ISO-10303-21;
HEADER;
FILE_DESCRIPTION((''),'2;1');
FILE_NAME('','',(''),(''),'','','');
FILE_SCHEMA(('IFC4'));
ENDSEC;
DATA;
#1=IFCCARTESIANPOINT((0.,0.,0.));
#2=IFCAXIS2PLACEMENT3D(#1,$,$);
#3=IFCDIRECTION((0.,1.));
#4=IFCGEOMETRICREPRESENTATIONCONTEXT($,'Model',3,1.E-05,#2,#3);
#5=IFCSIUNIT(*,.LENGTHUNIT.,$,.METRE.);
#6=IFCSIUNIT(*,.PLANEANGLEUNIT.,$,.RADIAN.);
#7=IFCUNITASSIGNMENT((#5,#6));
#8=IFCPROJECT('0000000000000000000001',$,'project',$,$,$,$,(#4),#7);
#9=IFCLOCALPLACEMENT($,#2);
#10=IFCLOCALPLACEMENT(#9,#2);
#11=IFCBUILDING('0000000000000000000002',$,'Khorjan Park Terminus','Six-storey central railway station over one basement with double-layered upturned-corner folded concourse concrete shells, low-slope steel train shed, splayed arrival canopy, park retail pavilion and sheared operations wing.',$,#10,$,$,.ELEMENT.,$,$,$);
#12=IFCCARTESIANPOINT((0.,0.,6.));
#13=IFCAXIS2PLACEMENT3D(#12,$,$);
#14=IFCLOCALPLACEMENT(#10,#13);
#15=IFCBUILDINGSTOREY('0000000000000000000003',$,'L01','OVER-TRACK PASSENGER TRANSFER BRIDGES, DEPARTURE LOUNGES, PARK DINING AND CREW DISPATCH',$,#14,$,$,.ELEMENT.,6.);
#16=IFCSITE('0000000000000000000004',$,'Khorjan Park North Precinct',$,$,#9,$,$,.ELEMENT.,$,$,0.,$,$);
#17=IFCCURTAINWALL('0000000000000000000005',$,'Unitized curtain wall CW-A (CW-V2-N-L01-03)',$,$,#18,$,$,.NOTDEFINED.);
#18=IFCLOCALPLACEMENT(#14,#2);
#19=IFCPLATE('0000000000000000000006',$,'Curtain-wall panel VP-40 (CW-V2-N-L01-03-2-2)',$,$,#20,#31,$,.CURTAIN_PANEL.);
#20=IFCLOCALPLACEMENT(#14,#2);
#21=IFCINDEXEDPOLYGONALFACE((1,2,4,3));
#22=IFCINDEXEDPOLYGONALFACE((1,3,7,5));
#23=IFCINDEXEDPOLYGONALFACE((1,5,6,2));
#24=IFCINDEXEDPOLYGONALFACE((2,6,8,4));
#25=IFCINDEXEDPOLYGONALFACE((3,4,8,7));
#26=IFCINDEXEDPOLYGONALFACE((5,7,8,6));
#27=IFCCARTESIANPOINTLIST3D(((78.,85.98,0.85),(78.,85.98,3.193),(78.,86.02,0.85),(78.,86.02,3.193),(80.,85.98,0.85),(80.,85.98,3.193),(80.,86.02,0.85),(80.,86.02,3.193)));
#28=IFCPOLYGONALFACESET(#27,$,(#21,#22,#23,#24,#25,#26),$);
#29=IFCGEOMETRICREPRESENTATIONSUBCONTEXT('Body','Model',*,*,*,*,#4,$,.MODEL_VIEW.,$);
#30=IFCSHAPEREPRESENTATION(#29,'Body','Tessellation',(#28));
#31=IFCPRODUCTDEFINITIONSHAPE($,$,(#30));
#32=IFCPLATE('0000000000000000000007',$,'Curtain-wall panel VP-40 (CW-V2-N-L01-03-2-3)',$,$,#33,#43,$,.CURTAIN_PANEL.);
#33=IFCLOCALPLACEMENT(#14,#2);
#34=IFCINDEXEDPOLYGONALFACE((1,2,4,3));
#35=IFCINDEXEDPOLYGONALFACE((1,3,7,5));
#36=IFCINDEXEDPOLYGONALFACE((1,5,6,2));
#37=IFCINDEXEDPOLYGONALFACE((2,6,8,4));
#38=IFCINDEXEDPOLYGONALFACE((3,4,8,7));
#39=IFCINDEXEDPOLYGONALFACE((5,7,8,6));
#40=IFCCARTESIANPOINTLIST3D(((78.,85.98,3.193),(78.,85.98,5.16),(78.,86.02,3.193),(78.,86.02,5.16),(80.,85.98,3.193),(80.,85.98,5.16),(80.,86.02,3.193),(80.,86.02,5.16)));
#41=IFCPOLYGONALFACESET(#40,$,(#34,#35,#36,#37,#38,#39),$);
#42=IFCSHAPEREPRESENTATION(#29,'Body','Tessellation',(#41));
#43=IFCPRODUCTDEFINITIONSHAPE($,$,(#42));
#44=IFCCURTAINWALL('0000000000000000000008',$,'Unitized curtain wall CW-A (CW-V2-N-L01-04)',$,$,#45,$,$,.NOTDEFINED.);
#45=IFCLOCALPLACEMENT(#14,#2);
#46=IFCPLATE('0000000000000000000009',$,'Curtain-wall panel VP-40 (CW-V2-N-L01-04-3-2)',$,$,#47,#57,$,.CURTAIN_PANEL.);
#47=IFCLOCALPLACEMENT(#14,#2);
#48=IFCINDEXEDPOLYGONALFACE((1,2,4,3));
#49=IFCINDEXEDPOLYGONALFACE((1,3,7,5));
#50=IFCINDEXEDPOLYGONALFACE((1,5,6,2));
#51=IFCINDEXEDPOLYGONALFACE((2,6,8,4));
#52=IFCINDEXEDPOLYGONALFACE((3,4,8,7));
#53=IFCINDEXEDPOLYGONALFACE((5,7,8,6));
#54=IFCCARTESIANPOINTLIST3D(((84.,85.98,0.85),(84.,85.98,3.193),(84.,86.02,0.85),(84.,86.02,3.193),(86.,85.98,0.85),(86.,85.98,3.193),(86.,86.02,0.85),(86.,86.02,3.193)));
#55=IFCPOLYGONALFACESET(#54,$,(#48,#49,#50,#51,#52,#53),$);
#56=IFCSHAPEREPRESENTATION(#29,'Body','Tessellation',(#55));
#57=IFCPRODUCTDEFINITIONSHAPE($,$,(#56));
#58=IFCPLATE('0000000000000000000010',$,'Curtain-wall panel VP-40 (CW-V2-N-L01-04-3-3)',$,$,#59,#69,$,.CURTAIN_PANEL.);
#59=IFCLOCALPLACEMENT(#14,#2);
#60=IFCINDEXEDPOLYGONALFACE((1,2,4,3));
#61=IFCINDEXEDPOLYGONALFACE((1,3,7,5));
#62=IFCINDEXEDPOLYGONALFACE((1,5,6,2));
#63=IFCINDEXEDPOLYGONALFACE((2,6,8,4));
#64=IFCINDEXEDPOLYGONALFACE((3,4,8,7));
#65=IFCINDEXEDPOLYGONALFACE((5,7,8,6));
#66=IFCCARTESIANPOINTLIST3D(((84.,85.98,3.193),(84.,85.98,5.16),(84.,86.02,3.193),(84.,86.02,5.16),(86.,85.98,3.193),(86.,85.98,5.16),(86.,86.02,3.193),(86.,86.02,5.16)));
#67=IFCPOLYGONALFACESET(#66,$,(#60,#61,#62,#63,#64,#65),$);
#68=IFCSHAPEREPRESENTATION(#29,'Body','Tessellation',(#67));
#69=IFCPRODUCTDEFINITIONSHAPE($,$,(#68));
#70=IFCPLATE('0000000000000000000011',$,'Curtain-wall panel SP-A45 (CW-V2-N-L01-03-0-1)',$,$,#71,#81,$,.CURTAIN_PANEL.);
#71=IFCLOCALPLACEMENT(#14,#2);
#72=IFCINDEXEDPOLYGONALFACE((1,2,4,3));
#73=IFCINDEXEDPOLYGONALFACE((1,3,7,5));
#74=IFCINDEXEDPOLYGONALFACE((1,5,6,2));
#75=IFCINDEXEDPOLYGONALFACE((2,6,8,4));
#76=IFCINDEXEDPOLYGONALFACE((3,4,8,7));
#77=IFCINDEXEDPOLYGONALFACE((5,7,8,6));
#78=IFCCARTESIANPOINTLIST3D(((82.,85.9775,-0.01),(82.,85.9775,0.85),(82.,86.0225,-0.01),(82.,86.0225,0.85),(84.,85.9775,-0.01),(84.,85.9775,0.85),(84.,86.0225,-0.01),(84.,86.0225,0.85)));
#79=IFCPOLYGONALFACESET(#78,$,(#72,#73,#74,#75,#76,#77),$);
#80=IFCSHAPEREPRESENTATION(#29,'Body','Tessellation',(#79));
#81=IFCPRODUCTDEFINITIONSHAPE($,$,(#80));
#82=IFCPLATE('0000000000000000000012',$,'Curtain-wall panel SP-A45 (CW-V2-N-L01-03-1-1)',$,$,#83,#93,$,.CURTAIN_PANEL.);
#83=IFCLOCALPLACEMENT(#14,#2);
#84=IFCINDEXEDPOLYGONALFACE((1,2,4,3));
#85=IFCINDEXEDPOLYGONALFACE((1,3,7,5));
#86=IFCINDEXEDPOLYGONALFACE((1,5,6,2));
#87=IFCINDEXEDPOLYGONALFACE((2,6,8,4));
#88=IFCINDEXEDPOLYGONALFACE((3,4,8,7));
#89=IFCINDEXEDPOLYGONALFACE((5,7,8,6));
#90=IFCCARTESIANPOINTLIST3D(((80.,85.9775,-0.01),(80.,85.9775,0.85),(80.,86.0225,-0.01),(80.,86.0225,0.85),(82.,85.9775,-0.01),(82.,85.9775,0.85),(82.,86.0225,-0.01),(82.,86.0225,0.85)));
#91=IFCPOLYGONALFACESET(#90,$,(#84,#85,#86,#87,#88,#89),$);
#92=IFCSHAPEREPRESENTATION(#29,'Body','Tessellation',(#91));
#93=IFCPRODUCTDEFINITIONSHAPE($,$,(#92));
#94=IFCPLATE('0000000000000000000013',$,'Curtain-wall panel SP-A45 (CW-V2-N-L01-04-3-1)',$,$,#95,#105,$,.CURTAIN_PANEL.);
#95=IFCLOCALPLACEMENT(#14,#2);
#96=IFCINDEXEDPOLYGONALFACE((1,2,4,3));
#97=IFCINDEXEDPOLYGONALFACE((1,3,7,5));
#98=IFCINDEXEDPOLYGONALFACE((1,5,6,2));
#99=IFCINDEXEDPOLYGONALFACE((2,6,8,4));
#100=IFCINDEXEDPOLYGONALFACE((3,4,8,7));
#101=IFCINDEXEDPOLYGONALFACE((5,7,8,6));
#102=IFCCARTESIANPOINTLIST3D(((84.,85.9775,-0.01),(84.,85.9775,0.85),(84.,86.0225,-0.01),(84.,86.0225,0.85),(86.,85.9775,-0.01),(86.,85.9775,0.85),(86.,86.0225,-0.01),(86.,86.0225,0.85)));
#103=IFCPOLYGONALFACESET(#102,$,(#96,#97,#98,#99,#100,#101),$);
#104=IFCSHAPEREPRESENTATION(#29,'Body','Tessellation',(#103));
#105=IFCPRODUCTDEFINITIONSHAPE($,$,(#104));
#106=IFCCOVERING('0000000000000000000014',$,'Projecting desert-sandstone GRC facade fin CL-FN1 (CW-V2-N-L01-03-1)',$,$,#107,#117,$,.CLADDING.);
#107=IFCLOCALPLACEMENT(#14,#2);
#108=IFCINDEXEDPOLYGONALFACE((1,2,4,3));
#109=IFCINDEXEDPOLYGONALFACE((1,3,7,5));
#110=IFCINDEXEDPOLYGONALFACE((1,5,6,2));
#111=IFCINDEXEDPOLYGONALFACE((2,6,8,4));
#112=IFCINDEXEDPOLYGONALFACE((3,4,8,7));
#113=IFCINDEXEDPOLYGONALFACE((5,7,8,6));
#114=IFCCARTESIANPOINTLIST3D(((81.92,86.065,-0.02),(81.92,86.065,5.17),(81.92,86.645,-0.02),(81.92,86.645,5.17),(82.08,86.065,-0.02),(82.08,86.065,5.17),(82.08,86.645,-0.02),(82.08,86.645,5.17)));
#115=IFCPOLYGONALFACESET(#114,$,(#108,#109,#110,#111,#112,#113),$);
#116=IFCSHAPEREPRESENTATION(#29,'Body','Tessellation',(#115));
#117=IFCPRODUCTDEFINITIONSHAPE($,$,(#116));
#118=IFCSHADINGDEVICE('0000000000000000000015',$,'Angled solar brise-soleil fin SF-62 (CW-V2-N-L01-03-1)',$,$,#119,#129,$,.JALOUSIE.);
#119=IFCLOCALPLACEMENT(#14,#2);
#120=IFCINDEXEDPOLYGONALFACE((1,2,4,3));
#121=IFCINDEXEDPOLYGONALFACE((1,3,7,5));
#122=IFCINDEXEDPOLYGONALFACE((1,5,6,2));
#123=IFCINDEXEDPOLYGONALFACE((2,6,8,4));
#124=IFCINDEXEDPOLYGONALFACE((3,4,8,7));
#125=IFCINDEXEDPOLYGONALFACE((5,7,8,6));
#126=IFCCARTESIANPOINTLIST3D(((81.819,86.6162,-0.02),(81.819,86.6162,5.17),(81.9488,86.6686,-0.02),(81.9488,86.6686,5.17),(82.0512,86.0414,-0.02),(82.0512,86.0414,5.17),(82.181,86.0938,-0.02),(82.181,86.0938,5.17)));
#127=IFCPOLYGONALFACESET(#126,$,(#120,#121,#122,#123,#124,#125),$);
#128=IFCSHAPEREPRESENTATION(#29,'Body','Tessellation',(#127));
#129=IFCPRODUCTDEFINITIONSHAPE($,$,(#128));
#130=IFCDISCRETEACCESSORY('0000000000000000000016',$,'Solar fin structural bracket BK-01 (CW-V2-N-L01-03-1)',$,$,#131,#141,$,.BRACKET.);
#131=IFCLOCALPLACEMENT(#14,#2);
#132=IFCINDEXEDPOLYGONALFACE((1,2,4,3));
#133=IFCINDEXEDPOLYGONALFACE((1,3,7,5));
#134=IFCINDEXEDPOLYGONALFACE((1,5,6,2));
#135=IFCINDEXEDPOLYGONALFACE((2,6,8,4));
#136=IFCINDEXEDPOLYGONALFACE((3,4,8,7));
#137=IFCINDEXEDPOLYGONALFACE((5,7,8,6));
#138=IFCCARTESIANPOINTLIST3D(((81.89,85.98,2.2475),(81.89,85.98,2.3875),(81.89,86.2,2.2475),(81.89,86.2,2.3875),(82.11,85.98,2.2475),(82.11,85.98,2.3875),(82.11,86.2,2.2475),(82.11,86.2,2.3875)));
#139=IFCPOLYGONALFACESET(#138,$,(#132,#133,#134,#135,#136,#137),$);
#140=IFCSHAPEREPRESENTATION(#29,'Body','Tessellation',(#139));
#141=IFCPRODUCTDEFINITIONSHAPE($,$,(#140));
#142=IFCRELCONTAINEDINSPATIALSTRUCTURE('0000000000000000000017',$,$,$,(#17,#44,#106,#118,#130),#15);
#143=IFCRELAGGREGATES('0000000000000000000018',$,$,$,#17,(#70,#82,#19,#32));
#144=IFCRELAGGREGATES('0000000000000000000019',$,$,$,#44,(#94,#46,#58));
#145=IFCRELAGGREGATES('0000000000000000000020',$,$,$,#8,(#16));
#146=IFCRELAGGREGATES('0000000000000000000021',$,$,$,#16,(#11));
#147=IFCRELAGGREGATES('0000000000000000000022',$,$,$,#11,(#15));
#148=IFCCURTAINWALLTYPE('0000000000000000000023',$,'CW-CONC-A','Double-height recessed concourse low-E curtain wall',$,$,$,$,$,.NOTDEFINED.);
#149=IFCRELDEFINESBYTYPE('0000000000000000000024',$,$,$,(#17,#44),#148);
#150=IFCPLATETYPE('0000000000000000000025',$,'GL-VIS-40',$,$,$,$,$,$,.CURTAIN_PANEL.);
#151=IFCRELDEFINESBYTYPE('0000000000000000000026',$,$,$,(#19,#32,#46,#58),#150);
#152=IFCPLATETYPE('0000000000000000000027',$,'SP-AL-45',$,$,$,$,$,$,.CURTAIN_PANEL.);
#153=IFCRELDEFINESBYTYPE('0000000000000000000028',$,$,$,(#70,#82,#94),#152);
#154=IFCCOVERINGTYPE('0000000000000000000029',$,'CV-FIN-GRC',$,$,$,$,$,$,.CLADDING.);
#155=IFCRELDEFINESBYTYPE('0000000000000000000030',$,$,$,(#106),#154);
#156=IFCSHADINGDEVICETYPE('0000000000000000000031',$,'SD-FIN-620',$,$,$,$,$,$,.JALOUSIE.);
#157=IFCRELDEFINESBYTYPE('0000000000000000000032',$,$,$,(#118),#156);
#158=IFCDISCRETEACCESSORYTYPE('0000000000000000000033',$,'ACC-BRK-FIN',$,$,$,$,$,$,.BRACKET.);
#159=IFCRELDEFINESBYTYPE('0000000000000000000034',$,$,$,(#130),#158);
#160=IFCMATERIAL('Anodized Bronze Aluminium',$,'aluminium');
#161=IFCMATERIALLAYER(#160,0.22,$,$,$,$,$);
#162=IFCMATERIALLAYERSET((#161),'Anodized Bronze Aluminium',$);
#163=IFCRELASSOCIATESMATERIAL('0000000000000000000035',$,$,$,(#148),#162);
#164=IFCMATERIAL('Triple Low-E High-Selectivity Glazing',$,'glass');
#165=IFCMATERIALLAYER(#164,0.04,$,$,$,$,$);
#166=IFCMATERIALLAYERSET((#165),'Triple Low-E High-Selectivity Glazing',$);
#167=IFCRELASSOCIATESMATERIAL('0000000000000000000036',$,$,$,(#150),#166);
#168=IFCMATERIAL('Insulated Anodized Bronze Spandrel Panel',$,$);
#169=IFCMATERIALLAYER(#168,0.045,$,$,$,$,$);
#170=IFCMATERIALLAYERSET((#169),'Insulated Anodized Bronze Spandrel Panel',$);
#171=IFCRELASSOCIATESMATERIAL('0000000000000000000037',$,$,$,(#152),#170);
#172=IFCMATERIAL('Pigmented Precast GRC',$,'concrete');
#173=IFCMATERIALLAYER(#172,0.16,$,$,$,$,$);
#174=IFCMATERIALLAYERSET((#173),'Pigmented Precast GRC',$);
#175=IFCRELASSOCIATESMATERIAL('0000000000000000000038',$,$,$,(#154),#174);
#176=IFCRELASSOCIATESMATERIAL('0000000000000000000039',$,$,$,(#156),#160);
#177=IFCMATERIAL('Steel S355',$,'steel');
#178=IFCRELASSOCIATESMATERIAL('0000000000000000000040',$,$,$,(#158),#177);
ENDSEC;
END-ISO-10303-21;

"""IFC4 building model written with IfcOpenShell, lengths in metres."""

from ifc_helpers import new_model, si_unit, direction, frame, origin, origin_2d, place, context, subcontext, project, spatial, rectangle, extrude, material, layer, layer_set, type_object, element, aggregate, save


model = new_model("IFC4")

# Units and contexts
model_context = context("Model", 3, precision=1e-05, world=origin(), true_north=direction((0.0, 1.0)))
body_context = subcontext(model_context, "Body", "Model", "MODEL_VIEW")
ifc_project = project(units=[si_unit("LENGTHUNIT", "METRE"), si_unit("PLANEANGLEUNIT", "RADIAN")], contexts=[model_context])

# Site, building, storey
site_placement = place(None, origin())
site = spatial("IfcSite", under=ifc_project, at=site_placement, Name="Khorjan Park North Precinct", CompositionType="ELEMENT", RefElevation=0.0)
building_placement = place(site_placement, origin())
building = spatial("IfcBuilding", under=site, at=building_placement, Name="Khorjan Park Terminus", Description="Six-storey central railway station over one basement with double-layered upturned-corner folded concourse concrete shells, low-slope steel train shed, splayed arrival canopy, park retail pavilion and sheared operations wing.", CompositionType="ELEMENT")
storey_placement = place(building_placement, frame((0.0, 0.0, 6.0)))
storey = spatial("IfcBuildingStorey", under=building, at=storey_placement, Name="L01", Description="OVER-TRACK PASSENGER TRANSFER BRIDGES, DEPARTURE LOUNGES, PARK DINING AND CREW DISPATCH", CompositionType="ELEMENT", Elevation=6.0)

# Curtain wall
ifc_material_1 = material(Name="Anodized Bronze Aluminium", Category="aluminium")
ifc_layer_1 = layer(ifc_material_1, 0.22)
ifc_layer_set_1 = layer_set([ifc_layer_1], Name="Anodized Bronze Aluminium")
curtain_wall_type = type_object("IfcCurtainWallType", Name="CW-CONC-A", Description="Double-height recessed concourse low-E curtain wall", PredefinedType="NOTDEFINED", material=ifc_layer_set_1)
curtain_wall_1_placement = place(storey_placement, origin())
curtain_wall_1 = element("IfcCurtainWall", 1, at=curtain_wall_1_placement, inside=storey, type_object=curtain_wall_type, Name="Unitized curtain wall CW-A (CW-V2-N-L01-03)", PredefinedType="NOTDEFINED")

# Plates
ifc_material_2 = material(Name="Triple Low-E High-Selectivity Glazing", Category="glass")
ifc_layer_2 = layer(ifc_material_2, 0.04)
ifc_layer_set_2 = layer_set([ifc_layer_2], Name="Triple Low-E High-Selectivity Glazing")
plate_type_1 = type_object("IfcPlateType", Name="GL-VIS-40", PredefinedType="CURTAIN_PANEL", material=ifc_layer_set_2)
plate_1_placement = place(storey_placement, frame((79.0, 86.0, 0.85), z_axis=(0.0, 0.0, 1.0), x_axis=(-1.0, 0.0, 0.0)))
plate_1 = element("IfcPlate", 2, at=plate_1_placement, type_object=plate_type_1, Name="Curtain-wall panel VP-40 (CW-V2-N-L01-03-2-2)", PredefinedType="CURTAIN_PANEL", context=body_context, shape_type="SweptSolid", body=[
    extrude(rectangle(XDim=2.0, YDim=0.04, at=origin_2d()), origin(), (0.0, 0.0, 1.0), 2.343),
])
plate_2_placement = place(storey_placement, frame((79.0, 86.0, 3.193), z_axis=(0.0, 0.0, 1.0), x_axis=(-1.0, 0.0, 0.0)))
plate_2 = element("IfcPlate", 3, at=plate_2_placement, type_object=plate_type_1, Name="Curtain-wall panel VP-40 (CW-V2-N-L01-03-2-3)", PredefinedType="CURTAIN_PANEL", context=body_context, shape_type="SweptSolid", body=[
    extrude(rectangle(XDim=2.0, YDim=0.04, at=origin_2d()), origin(), (0.0, 0.0, 1.0), 1.967),
])

# Curtain wall, plates
curtain_wall_2_placement = place(storey_placement, origin())
curtain_wall_2 = element("IfcCurtainWall", 4, at=curtain_wall_2_placement, inside=storey, type_object=curtain_wall_type, Name="Unitized curtain wall CW-A (CW-V2-N-L01-04)", PredefinedType="NOTDEFINED")
plate_3_placement = place(storey_placement, frame((85.0, 86.0, 0.85), z_axis=(0.0, 0.0, 1.0), x_axis=(-1.0, 0.0, 0.0)))
plate_3 = element("IfcPlate", 5, at=plate_3_placement, type_object=plate_type_1, Name="Curtain-wall panel VP-40 (CW-V2-N-L01-04-3-2)", PredefinedType="CURTAIN_PANEL", context=body_context, shape_type="SweptSolid", body=[
    extrude(rectangle(XDim=2.0, YDim=0.04, at=origin_2d()), origin(), (0.0, 0.0, 1.0), 2.343),
])
plate_4_placement = place(storey_placement, frame((85.0, 86.0, 3.193), z_axis=(0.0, 0.0, 1.0), x_axis=(-1.0, 0.0, 0.0)))
plate_4 = element("IfcPlate", 6, at=plate_4_placement, type_object=plate_type_1, Name="Curtain-wall panel VP-40 (CW-V2-N-L01-04-3-3)", PredefinedType="CURTAIN_PANEL", context=body_context, shape_type="SweptSolid", body=[
    extrude(rectangle(XDim=2.0, YDim=0.04, at=origin_2d()), origin(), (0.0, 0.0, 1.0), 1.967),
])

# Plates
ifc_material_3 = material(Name="Insulated Anodized Bronze Spandrel Panel")
ifc_layer_3 = layer(ifc_material_3, 0.045)
ifc_layer_set_3 = layer_set([ifc_layer_3], Name="Insulated Anodized Bronze Spandrel Panel")
plate_type_2 = type_object("IfcPlateType", Name="SP-AL-45", PredefinedType="CURTAIN_PANEL", material=ifc_layer_set_3)
plate_5_placement = place(storey_placement, frame((83.0, 86.0, -0.01), z_axis=(0.0, 0.0, 1.0), x_axis=(-1.0, 0.0, 0.0)))
plate_5 = element("IfcPlate", 7, at=plate_5_placement, type_object=plate_type_2, Name="Curtain-wall panel SP-A45 (CW-V2-N-L01-03-0-1)", PredefinedType="CURTAIN_PANEL", context=body_context, shape_type="SweptSolid", body=[
    extrude(rectangle(XDim=2.0, YDim=0.045, at=origin_2d()), origin(), (0.0, 0.0, 1.0), 0.86),
])
plate_6_placement = place(storey_placement, frame((81.0, 86.0, -0.01), z_axis=(0.0, 0.0, 1.0), x_axis=(-1.0, 0.0, 0.0)))
plate_6 = element("IfcPlate", 8, at=plate_6_placement, type_object=plate_type_2, Name="Curtain-wall panel SP-A45 (CW-V2-N-L01-03-1-1)", PredefinedType="CURTAIN_PANEL", context=body_context, shape_type="SweptSolid", body=[
    extrude(rectangle(XDim=2.0, YDim=0.045, at=origin_2d()), origin(), (0.0, 0.0, 1.0), 0.86),
])
aggregate(curtain_wall_1, [plate_5, plate_6, plate_1, plate_2])
plate_7_placement = place(storey_placement, frame((85.0, 86.0, -0.01), z_axis=(0.0, 0.0, 1.0), x_axis=(-1.0, 0.0, 0.0)))
plate_7 = element("IfcPlate", 9, at=plate_7_placement, type_object=plate_type_2, Name="Curtain-wall panel SP-A45 (CW-V2-N-L01-04-3-1)", PredefinedType="CURTAIN_PANEL", context=body_context, shape_type="SweptSolid", body=[
    extrude(rectangle(XDim=2.0, YDim=0.045, at=origin_2d()), origin(), (0.0, 0.0, 1.0), 0.86),
])
aggregate(curtain_wall_2, [plate_7, plate_3, plate_4])

# Covering
ifc_material_4 = material(Name="Pigmented Precast GRC", Category="concrete")
ifc_layer_4 = layer(ifc_material_4, 0.16)
ifc_layer_set_4 = layer_set([ifc_layer_4], Name="Pigmented Precast GRC")
covering_type = type_object("IfcCoveringType", Name="CV-FIN-GRC", PredefinedType="CLADDING", material=ifc_layer_set_4)
covering_placement = place(storey_placement, frame((82.0, 86.355, -0.02), z_axis=(0.0, 0.0, 1.0), x_axis=(0.0, -1.0, 0.0)))
element("IfcCovering", 10, at=covering_placement, inside=storey, type_object=covering_type, Name="Projecting desert-sandstone GRC facade fin CL-FN1 (CW-V2-N-L01-03-1)", PredefinedType="CLADDING", context=body_context, shape_type="SweptSolid", body=[
    extrude(rectangle(XDim=0.58, YDim=0.16, at=origin_2d()), origin(), (0.0, 0.0, 1.0), 5.19),
])

# Shading device
shading_device_type = type_object("IfcShadingDeviceType", Name="SD-FIN-620", PredefinedType="JALOUSIE", material=ifc_material_1)
shading_device_placement = place(storey_placement, frame((82.0, 86.355, -0.02), z_axis=(0.0, 0.0, 1.0), x_axis=(0.374607, -0.927184, 0.0)))
element("IfcShadingDevice", 11, at=shading_device_placement, inside=storey, type_object=shading_device_type, Name="Angled solar brise-soleil fin SF-62 (CW-V2-N-L01-03-1)", PredefinedType="JALOUSIE", context=body_context, shape_type="SweptSolid", body=[
    extrude(rectangle(XDim=0.62, YDim=0.14, at=origin_2d()), origin(), (0.0, 0.0, 1.0), 5.19),
])

# Discrete accessory
ifc_material_5 = material(Name="Steel S355", Category="steel")
discrete_accessory_type = type_object("IfcDiscreteAccessoryType", Name="ACC-BRK-FIN", PredefinedType="BRACKET", material=ifc_material_5)
discrete_accessory_placement = place(storey_placement, frame((82.0, 86.09, 2.2475), z_axis=(0.0, 0.0, 1.0), x_axis=(-1.0, 0.0, 0.0)))
element("IfcDiscreteAccessory", 12, at=discrete_accessory_placement, inside=storey, type_object=discrete_accessory_type, Name="Solar fin structural bracket BK-01 (CW-V2-N-L01-03-1)", PredefinedType="BRACKET", context=body_context, shape_type="SweptSolid", body=[
    extrude(rectangle(XDim=0.22, YDim=0.22, at=origin_2d()), origin(), (0.0, 0.0, 1.0), 0.14),
])

save(model, "model.ifc")
